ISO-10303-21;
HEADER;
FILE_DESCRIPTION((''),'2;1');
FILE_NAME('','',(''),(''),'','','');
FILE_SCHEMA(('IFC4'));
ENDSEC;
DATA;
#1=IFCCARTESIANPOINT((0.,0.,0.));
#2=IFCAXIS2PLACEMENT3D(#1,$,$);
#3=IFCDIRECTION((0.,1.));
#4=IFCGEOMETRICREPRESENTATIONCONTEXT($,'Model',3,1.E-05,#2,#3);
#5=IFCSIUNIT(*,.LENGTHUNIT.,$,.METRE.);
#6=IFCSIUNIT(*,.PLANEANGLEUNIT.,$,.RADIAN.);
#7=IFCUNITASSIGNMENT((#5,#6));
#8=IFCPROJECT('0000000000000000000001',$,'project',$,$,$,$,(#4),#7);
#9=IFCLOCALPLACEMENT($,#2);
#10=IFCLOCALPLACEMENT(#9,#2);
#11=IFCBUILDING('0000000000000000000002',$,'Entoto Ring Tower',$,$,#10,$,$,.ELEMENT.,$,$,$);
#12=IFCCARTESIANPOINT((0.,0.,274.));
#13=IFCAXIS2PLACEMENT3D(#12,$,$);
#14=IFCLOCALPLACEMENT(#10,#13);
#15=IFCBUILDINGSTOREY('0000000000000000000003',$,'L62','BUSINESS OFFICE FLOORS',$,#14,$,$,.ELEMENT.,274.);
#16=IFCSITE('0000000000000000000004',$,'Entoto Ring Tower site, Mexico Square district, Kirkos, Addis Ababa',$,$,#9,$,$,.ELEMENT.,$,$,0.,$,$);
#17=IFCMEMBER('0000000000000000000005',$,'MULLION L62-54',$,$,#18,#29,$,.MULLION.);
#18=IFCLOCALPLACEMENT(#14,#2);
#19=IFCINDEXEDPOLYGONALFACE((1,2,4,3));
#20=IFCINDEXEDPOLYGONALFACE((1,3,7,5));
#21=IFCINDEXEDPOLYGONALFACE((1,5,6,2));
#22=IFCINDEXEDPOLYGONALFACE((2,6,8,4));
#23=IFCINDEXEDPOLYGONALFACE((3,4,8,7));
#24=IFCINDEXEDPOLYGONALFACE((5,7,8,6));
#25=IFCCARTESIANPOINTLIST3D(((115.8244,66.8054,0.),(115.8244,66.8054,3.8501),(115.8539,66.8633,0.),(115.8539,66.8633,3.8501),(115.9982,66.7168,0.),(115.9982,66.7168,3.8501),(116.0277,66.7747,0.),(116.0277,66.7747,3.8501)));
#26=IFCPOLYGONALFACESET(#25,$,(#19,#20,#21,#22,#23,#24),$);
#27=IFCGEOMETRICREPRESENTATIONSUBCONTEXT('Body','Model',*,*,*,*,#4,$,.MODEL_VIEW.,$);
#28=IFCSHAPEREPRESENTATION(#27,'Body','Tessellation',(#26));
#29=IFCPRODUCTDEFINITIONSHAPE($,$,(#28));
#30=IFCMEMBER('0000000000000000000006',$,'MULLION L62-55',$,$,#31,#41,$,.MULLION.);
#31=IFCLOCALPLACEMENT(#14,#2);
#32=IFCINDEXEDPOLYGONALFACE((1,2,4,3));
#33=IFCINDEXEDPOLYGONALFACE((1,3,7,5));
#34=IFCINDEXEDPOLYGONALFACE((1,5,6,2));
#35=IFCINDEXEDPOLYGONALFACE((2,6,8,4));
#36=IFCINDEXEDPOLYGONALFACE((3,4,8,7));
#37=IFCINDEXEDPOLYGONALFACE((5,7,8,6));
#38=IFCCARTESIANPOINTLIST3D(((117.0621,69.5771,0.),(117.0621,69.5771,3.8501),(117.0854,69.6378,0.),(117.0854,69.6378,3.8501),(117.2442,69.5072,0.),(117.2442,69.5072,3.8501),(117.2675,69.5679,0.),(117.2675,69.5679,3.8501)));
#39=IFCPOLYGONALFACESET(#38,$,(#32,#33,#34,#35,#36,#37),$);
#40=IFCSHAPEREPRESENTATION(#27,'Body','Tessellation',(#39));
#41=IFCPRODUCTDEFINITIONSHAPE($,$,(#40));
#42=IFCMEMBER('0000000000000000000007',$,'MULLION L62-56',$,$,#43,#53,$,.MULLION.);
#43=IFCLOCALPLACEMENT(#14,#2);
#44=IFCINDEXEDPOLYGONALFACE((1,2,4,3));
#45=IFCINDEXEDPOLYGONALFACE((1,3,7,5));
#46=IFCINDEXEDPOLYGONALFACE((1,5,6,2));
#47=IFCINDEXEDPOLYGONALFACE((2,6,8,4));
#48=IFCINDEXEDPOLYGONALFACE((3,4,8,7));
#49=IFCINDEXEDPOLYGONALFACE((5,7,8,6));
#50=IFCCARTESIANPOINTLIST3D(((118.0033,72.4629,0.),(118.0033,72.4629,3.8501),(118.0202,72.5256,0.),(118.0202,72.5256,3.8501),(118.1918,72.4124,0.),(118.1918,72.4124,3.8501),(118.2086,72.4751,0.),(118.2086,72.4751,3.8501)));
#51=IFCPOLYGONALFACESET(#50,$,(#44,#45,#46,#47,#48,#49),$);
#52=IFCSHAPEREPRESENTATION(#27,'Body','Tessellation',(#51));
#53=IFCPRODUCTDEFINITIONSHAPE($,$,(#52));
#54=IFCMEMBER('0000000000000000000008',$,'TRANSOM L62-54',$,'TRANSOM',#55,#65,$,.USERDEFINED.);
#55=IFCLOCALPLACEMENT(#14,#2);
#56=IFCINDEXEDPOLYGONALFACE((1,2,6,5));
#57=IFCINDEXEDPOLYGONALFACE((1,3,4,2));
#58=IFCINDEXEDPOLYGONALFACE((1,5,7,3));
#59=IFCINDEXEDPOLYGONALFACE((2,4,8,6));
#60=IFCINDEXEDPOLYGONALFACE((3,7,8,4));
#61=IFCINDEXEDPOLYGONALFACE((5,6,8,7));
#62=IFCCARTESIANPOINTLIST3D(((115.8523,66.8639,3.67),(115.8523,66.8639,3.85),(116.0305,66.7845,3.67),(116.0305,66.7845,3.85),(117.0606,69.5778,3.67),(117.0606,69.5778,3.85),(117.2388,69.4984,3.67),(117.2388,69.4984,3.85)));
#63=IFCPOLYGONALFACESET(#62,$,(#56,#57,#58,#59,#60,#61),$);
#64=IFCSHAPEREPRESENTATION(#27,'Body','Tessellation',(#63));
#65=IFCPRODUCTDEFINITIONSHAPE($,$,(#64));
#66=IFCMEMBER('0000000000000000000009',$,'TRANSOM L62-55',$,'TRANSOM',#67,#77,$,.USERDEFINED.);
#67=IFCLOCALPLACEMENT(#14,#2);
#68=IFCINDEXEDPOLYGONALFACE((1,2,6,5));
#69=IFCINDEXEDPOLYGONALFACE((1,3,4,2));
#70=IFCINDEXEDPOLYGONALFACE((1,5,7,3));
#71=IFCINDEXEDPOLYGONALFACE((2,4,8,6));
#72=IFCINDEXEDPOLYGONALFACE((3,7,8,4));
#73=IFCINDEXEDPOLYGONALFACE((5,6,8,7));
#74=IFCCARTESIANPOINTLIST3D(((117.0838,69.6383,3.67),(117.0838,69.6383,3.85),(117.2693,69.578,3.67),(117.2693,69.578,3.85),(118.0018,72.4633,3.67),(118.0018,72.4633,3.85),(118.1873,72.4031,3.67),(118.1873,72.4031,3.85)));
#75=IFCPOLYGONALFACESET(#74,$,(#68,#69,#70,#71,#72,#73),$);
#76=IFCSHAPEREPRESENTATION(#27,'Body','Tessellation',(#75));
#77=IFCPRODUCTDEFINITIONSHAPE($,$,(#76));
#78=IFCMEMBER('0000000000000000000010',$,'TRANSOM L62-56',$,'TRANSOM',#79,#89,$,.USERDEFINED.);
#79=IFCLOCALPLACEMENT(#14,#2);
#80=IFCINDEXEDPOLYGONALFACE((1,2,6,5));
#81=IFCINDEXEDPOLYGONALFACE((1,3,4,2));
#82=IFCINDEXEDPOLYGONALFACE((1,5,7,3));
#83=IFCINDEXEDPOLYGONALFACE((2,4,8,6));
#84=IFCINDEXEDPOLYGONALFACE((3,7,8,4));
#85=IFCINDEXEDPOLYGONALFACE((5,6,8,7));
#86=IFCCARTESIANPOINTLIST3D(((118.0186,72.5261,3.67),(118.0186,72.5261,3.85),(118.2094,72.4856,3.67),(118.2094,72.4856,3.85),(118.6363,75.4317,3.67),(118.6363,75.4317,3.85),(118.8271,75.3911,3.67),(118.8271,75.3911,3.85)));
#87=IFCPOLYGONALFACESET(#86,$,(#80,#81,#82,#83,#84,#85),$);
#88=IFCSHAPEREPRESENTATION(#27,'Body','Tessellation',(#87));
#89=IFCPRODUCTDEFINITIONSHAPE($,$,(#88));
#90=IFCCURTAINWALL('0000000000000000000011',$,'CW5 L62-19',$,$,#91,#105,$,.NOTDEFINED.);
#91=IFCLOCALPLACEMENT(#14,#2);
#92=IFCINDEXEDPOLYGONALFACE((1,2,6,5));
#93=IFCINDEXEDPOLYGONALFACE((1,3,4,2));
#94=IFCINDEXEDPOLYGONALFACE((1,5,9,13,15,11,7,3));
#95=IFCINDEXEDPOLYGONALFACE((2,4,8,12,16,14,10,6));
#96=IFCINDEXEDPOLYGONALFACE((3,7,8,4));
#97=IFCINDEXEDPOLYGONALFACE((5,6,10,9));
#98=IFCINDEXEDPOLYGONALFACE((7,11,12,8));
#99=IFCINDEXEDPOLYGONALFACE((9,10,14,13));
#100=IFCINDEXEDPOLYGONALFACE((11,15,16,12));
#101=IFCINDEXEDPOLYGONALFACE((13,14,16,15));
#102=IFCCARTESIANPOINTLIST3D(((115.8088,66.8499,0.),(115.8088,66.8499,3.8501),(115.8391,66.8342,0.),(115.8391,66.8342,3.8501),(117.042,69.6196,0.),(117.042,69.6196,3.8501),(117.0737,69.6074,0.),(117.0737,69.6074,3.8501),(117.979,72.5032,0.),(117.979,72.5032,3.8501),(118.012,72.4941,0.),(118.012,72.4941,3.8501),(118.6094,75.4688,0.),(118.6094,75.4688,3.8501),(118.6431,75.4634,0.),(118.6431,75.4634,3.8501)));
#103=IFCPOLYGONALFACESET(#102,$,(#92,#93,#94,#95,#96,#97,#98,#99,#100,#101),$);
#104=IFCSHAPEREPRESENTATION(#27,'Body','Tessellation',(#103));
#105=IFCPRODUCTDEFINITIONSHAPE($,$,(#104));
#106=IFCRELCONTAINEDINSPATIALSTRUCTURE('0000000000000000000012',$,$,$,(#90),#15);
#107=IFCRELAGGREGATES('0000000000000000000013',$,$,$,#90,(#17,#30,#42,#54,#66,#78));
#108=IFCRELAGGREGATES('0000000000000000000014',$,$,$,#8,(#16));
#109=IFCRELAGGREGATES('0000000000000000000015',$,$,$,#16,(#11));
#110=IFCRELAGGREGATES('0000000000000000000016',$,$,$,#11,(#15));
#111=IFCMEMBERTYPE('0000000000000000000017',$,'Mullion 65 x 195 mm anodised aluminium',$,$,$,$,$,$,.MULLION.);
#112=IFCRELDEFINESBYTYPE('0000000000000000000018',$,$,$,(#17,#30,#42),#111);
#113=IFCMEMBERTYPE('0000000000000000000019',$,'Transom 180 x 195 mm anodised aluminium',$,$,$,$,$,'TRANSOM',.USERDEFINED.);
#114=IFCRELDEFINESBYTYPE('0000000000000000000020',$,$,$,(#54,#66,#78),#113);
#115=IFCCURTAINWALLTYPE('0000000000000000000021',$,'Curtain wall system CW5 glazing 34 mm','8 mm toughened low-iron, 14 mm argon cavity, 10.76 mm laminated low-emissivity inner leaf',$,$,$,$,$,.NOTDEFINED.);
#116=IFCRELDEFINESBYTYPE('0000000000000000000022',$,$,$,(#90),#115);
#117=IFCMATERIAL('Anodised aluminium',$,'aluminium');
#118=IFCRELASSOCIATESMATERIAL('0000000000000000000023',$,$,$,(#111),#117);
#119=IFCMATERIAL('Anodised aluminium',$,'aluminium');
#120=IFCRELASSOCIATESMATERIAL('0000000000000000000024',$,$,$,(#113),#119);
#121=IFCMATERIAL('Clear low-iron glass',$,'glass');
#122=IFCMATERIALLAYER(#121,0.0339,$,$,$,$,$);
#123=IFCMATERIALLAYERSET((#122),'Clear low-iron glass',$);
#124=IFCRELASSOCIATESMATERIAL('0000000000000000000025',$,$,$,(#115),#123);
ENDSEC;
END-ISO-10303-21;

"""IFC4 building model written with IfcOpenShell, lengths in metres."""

from ifc_helpers import new_model, si_unit, direction, frame, origin, origin_2d, place, context, subcontext, project, spatial, polyline, rectangle, outline, extrude, material, layer, layer_set, material_profile, profile_set, type_object, element, aggregate, save


model = new_model("IFC4")

# Units and contexts
model_context = context("Model", 3, precision=1e-05, world=origin(), true_north=direction((0.0, 1.0)))
body_context = subcontext(model_context, "Body", "Model", "MODEL_VIEW")
ifc_project = project(units=[si_unit("LENGTHUNIT", "METRE"), si_unit("PLANEANGLEUNIT", "RADIAN")], contexts=[model_context])

# Members
ifc_material_1 = material(Name="Anodised aluminium", Category="aluminium")
ifc_material_profile_1 = material_profile(ifc_material_1, rectangle(XDim=0.0649, YDim=0.1951, at=origin_2d()), Name="Mullion 65 x 195 mm anodised aluminium")
ifc_profile_set_1 = profile_set([ifc_material_profile_1], Name="Anodised aluminium")
member_type_1 = type_object("IfcMemberType", Name="Mullion 65 x 195 mm anodised aluminium", PredefinedType="MULLION", material=ifc_profile_set_1)
site_placement = place(None, origin())
building_placement = place(site_placement, origin())
storey_placement = place(building_placement, frame((0.0, 0.0, 274.0)))
member_1_placement = place(storey_placement, frame((115.926, 66.79, 0.0), z_axis=(0.0, 0.0, 1.0), x_axis=(0.45399, 0.891007, 0.0)))
member_1 = element("IfcMember", 1, at=member_1_placement, type_object=member_type_1, Name="MULLION L62-54", PredefinedType="MULLION", context=body_context, shape_type="SweptSolid", body=[
    extrude(rectangle(XDim=0.0649, YDim=0.1951, at=origin_2d()), origin(), (0.0, 0.0, 1.0), 3.8501),
])
member_2_placement = place(storey_placement, frame((117.1648, 69.5725, 0.0), z_axis=(0.0, 0.0, 1.0), x_axis=(0.358368, 0.93358, 0.0)))
member_2 = element("IfcMember", 2, at=member_2_placement, type_object=member_type_1, Name="MULLION L62-55", PredefinedType="MULLION", context=body_context, shape_type="SweptSolid", body=[
    extrude(rectangle(XDim=0.0649, YDim=0.1951, at=origin_2d()), origin(), (0.0, 0.0, 1.0), 3.8501),
])
member_3_placement = place(storey_placement, frame((118.106, 72.469, 0.0), z_axis=(0.0, 0.0, 1.0), x_axis=(0.258819, 0.965926, 0.0)))
member_3 = element("IfcMember", 3, at=member_3_placement, type_object=member_type_1, Name="MULLION L62-56", PredefinedType="MULLION", context=body_context, shape_type="SweptSolid", body=[
    extrude(rectangle(XDim=0.0649, YDim=0.1951, at=origin_2d()), origin(), (0.0, 0.0, 1.0), 3.8501),
])
ifc_material_2 = material(Name="Anodised aluminium", Category="aluminium")
ifc_material_profile_2 = material_profile(ifc_material_2, rectangle(XDim=0.1951, YDim=0.1799, at=origin_2d()), Name="Transom 180 x 195 mm anodised aluminium")
ifc_profile_set_2 = profile_set([ifc_material_profile_2], Name="Anodised aluminium")
member_type_2 = type_object("IfcMemberType", Name="Transom 180 x 195 mm anodised aluminium", ElementType="TRANSOM", PredefinedType="USERDEFINED", material=ifc_profile_set_2)
member_4_placement = place(storey_placement, frame((115.9414, 66.8242, 3.76), z_axis=(0.406726, 0.91355, 0.0), x_axis=(-0.91355, 0.406726, 0.0)))
member_4 = element("IfcMember", 4, at=member_4_placement, type_object=member_type_2, Name="TRANSOM L62-54", ObjectType="TRANSOM", PredefinedType="USERDEFINED", context=body_context, shape_type="SweptSolid", body=[
    extrude(rectangle(XDim=0.1951, YDim=0.1799, at=origin_2d()), origin(), (0.0, 0.0, 1.0), 2.9707),
])
member_5_placement = place(storey_placement, frame((117.1765, 69.6082, 3.76), z_axis=(0.309043, 0.951048, 0.0), x_axis=(-0.951048, 0.309043, 0.0)))
member_5 = element("IfcMember", 5, at=member_5_placement, type_object=member_type_2, Name="TRANSOM L62-55", ObjectType="TRANSOM", PredefinedType="USERDEFINED", context=body_context, shape_type="SweptSolid", body=[
    extrude(rectangle(XDim=0.1951, YDim=0.1799, at=origin_2d()), origin(), (0.0, 0.0, 1.0), 2.9705),
])
member_6_placement = place(storey_placement, frame((118.114, 72.5059, 3.76), z_axis=(0.20794, 0.978142, 0.0), x_axis=(-0.978142, 0.20794, 0.0)))
member_6 = element("IfcMember", 6, at=member_6_placement, type_object=member_type_2, Name="TRANSOM L62-56", ObjectType="TRANSOM", PredefinedType="USERDEFINED", context=body_context, shape_type="SweptSolid", body=[
    extrude(rectangle(XDim=0.1951, YDim=0.1799, at=origin_2d()), origin(), (0.0, 0.0, 1.0), 2.9705),
])

# Site, building, storey
site = spatial("IfcSite", under=ifc_project, at=site_placement, Name="Entoto Ring Tower site, Mexico Square district, Kirkos, Addis Ababa", CompositionType="ELEMENT", RefElevation=0.0)
building = spatial("IfcBuilding", under=site, at=building_placement, Name="Entoto Ring Tower", CompositionType="ELEMENT")
storey = spatial("IfcBuildingStorey", under=building, at=storey_placement, Name="L62", Description="BUSINESS OFFICE FLOORS", CompositionType="ELEMENT", Elevation=274.0)

# Curtain wall
ifc_material_3 = material(Name="Clear low-iron glass", Category="glass")
ifc_layer = layer(ifc_material_3, 0.0339)
ifc_layer_set = layer_set([ifc_layer], Name="Clear low-iron glass")
curtain_wall_type = type_object("IfcCurtainWallType", Name="Curtain wall system CW5 glazing 34 mm", Description="8 mm toughened low-iron, 14 mm argon cavity, 10.76 mm laminated low-emissivity inner leaf", PredefinedType="NOTDEFINED", material=ifc_layer_set)
curtain_wall_1_placement = place(storey_placement, origin())
curtain_wall_1 = element("IfcCurtainWall", 7, at=curtain_wall_1_placement, inside=storey, type_object=curtain_wall_type, Name="CW5 L62-19", PredefinedType="NOTDEFINED", context=body_context, shape_type="SweptSolid", body=[
    extrude(outline(polyline([(115.8391, 66.8342), (117.0737, 69.6074), (118.012, 72.4941), (118.6431, 75.4634), (118.6094, 75.4688), (117.979, 72.5032), (117.042, 69.6196), (115.8088, 66.8499), (115.8391, 66.8342)])), origin(), (0.0, 0.0, 1.0), 3.8501),
])
aggregate(curtain_wall_1, [member_1, member_2, member_3, member_4, member_5, member_6])

save(model, "model.ifc")
